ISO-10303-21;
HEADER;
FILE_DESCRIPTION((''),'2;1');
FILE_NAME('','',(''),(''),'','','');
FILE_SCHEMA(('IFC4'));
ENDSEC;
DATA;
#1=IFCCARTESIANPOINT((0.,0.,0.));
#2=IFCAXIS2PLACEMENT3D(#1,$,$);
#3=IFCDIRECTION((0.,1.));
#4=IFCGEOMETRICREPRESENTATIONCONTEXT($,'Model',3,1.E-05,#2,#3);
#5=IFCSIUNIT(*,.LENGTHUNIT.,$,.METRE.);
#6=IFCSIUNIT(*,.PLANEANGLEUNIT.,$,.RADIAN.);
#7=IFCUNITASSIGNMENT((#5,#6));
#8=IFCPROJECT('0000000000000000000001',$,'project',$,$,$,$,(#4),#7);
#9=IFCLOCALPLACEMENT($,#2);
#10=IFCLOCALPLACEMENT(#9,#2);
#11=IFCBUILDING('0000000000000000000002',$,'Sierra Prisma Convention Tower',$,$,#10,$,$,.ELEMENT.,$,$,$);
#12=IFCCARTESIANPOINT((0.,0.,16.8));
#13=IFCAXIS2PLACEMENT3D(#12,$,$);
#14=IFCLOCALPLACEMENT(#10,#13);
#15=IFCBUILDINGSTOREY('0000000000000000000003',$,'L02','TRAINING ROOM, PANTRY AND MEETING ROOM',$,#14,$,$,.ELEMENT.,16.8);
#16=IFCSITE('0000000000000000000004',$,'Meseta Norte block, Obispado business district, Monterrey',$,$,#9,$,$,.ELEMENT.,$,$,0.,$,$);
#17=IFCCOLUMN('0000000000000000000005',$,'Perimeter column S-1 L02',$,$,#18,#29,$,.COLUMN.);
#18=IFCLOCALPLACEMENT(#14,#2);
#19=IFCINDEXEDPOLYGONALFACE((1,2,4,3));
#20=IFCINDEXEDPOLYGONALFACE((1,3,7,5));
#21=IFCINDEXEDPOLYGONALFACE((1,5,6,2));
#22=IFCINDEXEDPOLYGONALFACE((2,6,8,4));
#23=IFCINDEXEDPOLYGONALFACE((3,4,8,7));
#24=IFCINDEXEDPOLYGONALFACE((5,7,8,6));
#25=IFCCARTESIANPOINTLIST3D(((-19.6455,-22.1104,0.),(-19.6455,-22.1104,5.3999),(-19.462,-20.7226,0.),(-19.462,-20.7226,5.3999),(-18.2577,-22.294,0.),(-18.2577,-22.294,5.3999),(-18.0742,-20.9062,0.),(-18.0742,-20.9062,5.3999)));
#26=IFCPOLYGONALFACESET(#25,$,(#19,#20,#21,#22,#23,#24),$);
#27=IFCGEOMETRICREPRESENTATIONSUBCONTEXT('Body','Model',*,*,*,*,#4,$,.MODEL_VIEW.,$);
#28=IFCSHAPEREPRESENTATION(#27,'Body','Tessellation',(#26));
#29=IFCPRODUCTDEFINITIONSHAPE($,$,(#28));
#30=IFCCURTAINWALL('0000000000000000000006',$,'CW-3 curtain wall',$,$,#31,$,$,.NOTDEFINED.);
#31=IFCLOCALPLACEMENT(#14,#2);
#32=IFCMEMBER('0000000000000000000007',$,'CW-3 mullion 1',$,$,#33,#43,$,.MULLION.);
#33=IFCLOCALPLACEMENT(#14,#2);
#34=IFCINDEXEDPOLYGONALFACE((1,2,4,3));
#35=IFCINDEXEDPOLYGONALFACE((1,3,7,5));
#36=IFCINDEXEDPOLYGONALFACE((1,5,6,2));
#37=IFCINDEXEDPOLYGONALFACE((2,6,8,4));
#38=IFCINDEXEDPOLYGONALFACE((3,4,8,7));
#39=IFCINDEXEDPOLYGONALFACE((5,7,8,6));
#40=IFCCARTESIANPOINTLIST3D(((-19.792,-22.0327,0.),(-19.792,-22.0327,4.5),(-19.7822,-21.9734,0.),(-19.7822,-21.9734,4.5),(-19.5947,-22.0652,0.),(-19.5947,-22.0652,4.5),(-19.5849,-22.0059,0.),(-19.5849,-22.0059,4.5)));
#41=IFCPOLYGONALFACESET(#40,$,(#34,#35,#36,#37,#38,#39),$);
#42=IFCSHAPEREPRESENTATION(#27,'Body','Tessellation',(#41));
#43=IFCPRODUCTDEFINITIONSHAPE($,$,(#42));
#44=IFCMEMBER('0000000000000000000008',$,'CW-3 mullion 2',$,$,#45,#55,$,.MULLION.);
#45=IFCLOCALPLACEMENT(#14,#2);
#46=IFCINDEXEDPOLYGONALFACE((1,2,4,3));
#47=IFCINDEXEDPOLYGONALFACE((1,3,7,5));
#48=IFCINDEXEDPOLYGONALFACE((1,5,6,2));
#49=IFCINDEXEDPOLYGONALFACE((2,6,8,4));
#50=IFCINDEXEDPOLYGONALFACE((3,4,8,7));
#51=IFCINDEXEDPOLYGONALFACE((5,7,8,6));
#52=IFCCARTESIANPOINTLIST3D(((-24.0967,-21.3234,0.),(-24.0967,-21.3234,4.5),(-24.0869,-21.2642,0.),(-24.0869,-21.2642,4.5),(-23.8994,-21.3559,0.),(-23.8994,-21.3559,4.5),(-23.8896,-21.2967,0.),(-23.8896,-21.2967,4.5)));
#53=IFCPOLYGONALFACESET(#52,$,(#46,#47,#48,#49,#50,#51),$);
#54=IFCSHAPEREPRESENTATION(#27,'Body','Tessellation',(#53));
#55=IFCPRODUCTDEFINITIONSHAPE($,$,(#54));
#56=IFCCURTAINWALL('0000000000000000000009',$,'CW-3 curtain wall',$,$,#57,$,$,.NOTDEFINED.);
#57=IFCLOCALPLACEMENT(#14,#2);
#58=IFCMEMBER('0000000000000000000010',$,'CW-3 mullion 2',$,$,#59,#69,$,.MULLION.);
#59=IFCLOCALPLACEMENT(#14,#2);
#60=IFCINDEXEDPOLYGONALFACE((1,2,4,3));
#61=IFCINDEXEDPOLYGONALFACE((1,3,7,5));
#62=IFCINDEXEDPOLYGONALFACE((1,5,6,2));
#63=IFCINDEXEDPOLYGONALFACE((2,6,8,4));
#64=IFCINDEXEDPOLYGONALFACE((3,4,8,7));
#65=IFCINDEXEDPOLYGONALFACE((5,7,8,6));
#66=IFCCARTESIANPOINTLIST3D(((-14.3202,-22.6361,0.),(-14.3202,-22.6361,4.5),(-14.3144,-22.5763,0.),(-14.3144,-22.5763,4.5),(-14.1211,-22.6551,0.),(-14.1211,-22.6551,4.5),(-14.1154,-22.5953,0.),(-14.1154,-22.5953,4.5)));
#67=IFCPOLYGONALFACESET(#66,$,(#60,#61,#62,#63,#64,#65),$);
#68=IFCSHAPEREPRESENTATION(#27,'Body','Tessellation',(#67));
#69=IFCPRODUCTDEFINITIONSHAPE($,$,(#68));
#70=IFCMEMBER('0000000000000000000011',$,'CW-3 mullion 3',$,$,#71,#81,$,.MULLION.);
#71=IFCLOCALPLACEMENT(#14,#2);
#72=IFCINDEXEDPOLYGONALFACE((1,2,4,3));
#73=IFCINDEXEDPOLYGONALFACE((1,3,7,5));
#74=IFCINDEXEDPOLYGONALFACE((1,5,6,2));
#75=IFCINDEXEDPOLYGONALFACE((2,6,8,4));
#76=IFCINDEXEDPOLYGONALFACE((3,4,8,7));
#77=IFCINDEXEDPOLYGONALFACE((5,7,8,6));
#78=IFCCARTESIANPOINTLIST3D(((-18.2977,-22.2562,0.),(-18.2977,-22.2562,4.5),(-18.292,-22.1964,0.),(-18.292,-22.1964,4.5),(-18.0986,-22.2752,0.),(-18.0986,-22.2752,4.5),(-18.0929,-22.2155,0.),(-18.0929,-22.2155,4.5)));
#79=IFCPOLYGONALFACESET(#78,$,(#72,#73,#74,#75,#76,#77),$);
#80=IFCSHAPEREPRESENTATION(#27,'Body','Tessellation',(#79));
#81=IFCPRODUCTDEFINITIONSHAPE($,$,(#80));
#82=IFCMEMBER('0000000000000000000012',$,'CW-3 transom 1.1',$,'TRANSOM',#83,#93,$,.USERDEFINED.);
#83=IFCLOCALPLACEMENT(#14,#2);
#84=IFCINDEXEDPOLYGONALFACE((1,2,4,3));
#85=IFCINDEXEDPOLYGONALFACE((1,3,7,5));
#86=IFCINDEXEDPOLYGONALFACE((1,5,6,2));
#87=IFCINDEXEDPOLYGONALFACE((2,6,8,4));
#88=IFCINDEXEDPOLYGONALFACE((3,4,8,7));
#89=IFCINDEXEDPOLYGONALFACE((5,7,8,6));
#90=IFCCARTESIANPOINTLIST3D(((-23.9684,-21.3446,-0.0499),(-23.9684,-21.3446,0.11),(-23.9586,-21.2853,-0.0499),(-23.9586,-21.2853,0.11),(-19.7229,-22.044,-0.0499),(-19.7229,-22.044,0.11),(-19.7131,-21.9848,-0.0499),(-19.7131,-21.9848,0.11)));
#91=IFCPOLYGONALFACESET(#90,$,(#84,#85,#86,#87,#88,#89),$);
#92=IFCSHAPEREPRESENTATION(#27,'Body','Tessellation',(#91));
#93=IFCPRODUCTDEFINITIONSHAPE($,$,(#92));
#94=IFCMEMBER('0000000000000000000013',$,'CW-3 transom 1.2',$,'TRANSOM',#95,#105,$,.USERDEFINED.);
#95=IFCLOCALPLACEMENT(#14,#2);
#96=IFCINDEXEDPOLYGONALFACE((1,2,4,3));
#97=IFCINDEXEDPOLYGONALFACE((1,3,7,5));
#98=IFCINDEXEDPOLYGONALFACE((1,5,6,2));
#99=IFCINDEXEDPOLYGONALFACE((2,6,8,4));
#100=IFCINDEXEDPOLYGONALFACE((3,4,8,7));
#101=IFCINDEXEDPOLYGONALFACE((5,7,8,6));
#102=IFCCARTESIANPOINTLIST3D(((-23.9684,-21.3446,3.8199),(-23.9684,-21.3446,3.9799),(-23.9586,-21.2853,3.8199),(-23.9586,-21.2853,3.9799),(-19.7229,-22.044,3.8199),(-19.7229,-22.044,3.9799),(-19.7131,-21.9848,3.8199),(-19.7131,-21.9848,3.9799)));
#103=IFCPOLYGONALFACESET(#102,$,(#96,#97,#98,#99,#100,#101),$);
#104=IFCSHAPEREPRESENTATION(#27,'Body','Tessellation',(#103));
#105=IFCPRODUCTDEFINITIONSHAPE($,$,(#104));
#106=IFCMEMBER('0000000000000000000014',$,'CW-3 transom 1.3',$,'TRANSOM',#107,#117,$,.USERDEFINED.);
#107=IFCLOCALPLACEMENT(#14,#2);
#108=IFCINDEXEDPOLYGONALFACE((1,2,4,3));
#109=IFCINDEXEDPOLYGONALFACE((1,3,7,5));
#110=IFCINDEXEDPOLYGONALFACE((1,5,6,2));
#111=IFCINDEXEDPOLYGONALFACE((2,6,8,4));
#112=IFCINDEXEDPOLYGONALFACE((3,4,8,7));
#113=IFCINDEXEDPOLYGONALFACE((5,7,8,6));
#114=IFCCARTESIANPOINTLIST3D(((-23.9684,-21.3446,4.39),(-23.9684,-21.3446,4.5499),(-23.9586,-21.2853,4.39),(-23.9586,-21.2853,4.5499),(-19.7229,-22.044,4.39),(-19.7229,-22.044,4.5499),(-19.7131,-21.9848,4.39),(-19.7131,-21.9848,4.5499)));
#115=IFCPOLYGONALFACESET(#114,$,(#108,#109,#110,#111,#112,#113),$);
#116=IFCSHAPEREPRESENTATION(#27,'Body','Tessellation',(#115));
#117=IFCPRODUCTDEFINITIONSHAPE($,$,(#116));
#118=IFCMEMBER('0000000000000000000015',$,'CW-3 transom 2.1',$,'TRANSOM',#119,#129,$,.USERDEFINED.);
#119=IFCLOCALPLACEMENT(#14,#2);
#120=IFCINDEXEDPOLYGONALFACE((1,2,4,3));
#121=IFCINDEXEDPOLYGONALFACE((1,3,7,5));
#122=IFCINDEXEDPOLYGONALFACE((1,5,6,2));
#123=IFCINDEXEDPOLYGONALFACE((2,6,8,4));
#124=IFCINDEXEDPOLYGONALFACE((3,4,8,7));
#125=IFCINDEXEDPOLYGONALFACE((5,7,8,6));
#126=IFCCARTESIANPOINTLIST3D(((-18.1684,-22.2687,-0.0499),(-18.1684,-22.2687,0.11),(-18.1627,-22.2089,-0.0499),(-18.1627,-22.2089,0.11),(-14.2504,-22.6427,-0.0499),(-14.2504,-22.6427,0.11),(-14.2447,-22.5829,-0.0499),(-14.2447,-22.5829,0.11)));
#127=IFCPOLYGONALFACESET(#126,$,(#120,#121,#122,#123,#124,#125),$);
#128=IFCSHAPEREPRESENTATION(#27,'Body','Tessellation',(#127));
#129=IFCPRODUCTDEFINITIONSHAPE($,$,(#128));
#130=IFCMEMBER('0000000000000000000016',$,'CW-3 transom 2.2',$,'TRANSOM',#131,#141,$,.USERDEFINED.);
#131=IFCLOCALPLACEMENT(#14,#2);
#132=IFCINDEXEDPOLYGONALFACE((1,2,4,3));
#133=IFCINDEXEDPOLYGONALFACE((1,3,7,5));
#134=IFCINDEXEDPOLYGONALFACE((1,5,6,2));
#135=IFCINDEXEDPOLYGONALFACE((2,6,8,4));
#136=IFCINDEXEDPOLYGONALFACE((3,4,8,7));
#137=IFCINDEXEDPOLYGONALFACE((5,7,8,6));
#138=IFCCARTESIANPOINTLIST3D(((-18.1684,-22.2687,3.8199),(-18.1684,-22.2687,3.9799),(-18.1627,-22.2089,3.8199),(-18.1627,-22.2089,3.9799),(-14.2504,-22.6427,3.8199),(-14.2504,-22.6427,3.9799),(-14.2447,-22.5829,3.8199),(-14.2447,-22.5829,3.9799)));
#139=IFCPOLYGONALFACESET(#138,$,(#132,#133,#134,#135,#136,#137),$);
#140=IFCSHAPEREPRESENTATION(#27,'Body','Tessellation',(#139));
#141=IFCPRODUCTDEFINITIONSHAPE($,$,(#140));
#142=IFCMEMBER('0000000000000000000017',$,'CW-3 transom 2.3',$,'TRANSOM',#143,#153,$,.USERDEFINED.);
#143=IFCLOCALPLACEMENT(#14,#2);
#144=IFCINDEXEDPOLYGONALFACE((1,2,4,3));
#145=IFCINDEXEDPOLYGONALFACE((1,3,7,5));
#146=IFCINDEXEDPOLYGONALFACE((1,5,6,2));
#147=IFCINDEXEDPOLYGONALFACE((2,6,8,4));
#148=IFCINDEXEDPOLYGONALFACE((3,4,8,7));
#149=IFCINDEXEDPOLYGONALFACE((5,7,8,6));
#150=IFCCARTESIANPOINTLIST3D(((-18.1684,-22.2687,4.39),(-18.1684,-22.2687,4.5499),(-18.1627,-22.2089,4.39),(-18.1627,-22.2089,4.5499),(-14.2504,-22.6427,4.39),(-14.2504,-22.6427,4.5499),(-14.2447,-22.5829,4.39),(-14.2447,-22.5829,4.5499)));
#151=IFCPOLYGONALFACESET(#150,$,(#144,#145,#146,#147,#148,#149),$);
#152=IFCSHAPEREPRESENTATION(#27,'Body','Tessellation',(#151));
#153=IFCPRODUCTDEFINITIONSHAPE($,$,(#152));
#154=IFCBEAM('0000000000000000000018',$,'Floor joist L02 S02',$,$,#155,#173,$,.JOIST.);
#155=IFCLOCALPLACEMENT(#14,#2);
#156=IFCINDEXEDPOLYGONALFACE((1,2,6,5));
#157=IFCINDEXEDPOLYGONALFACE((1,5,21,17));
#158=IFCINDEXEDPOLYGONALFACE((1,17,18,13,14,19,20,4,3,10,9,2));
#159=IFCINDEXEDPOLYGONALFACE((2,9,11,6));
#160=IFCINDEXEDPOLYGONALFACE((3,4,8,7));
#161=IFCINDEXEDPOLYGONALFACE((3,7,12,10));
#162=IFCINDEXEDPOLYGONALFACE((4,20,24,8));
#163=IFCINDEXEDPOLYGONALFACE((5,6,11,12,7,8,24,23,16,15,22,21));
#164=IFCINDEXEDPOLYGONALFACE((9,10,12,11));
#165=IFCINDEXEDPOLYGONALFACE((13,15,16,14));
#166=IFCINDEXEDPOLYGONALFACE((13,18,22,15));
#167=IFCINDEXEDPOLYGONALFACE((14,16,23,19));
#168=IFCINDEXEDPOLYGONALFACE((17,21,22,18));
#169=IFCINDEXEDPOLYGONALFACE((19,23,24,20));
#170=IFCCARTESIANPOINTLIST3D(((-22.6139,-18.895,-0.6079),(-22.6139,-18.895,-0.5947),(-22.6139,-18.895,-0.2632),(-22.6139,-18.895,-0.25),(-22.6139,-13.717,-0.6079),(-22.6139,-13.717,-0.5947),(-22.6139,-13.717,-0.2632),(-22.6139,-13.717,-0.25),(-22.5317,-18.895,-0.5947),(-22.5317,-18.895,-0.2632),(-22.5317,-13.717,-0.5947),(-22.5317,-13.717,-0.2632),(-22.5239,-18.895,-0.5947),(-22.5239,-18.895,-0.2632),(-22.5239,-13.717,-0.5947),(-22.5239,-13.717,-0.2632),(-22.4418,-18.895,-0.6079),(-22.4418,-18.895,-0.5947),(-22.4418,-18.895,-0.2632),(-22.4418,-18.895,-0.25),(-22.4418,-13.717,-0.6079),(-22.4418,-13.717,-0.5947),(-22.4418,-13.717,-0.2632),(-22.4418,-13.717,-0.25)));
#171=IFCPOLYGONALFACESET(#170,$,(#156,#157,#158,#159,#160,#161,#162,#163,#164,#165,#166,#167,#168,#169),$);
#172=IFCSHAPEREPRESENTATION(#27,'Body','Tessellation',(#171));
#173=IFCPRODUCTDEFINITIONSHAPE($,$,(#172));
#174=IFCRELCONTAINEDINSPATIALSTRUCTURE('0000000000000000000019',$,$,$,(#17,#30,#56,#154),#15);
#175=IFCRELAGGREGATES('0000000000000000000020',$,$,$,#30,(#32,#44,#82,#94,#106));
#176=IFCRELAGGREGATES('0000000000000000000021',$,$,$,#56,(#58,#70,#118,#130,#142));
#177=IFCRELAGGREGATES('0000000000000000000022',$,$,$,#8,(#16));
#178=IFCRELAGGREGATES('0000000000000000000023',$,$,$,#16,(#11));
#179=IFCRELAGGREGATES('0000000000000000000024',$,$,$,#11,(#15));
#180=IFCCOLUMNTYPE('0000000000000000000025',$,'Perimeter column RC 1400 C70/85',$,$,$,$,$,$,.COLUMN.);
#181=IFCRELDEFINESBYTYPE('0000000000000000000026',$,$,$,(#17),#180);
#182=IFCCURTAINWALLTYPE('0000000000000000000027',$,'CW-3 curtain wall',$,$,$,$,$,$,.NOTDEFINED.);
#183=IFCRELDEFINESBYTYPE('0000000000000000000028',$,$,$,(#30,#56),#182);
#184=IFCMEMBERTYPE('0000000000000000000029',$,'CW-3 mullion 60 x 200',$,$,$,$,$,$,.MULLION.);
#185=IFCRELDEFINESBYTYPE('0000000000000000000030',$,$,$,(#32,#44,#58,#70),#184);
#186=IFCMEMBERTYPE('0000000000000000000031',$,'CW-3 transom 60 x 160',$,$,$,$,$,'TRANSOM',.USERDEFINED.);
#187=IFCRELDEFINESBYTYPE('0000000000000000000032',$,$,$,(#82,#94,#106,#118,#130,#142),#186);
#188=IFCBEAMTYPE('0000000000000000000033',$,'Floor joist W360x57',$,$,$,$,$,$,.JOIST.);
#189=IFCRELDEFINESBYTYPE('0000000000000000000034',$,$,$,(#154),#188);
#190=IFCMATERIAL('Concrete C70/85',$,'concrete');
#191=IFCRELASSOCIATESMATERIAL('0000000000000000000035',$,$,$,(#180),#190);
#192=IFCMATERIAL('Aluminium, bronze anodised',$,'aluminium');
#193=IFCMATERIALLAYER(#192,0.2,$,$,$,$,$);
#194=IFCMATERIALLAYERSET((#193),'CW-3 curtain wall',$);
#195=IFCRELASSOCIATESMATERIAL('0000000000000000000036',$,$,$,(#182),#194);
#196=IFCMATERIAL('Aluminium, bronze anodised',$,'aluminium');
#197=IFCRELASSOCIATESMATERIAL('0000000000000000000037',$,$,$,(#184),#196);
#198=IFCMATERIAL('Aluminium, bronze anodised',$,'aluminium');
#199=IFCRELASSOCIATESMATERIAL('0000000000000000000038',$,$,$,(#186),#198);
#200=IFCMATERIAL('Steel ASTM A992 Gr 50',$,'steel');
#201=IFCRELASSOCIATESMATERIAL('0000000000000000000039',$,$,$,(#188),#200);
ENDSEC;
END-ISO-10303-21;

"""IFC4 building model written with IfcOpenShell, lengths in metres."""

from ifc_helpers import new_model, si_unit, direction, frame, origin, origin_2d, place, context, subcontext, project, spatial, rectangle, i_section, extrude, material, layer, layer_set, material_profile, profile_set, type_object, element, aggregate, save


model = new_model("IFC4")

# Units and contexts
model_context = context("Model", 3, precision=1e-05, world=origin(), true_north=direction((0.0, 1.0)))
body_context = subcontext(model_context, "Body", "Model", "MODEL_VIEW")
ifc_project = project(units=[si_unit("LENGTHUNIT", "METRE"), si_unit("PLANEANGLEUNIT", "RADIAN")], contexts=[model_context])

# Site, building, storey
site_placement = place(None, origin())
site = spatial("IfcSite", under=ifc_project, at=site_placement, Name="Meseta Norte block, Obispado business district, Monterrey", CompositionType="ELEMENT", RefElevation=0.0)
building_placement = place(site_placement, origin())
building = spatial("IfcBuilding", under=site, at=building_placement, Name="Sierra Prisma Convention Tower", CompositionType="ELEMENT")
storey_placement = place(building_placement, frame((0.0, 0.0, 16.8)))
storey = spatial("IfcBuildingStorey", under=building, at=storey_placement, Name="L02", Description="TRAINING ROOM, PANTRY AND MEETING ROOM", CompositionType="ELEMENT", Elevation=16.8)

# Column
ifc_material_1 = material(Name="Concrete C70/85", Category="concrete")
ifc_material_profile_1 = material_profile(ifc_material_1, rectangle(XDim=1.3999, YDim=1.3999, at=origin_2d()), Name="Perimeter column RC 1400 C70/85")
ifc_profile_set_1 = profile_set([ifc_material_profile_1], Name="Concrete C70/85")
column_type = type_object("IfcColumnType", Name="Perimeter column RC 1400 C70/85", PredefinedType="COLUMN", material=ifc_profile_set_1)
column_placement = place(storey_placement, frame((-18.8599, -21.5083, 0.0), z_axis=(0.0, 0.0, 1.0), x_axis=(-0.991367, 0.131115, 0.0)))
element("IfcColumn", 1, at=column_placement, inside=storey, type_object=column_type, Name="Perimeter column S-1 L02", PredefinedType="COLUMN", context=body_context, shape_type="SweptSolid", body=[
    extrude(rectangle(XDim=1.3999, YDim=1.3999, at=origin_2d()), origin(), (0.0, 0.0, 1.0), 5.3999),
])

# Curtain walls, members
ifc_material_2 = material(Name="Aluminium, bronze anodised", Category="aluminium")
ifc_layer_1 = layer(ifc_material_2, 0.2)
ifc_layer_set_1 = layer_set([ifc_layer_1], Name="CW-3 curtain wall")
curtain_wall_type = type_object("IfcCurtainWallType", Name="CW-3 curtain wall", PredefinedType="NOTDEFINED", material=ifc_layer_set_1)
curtain_wall_1_placement = place(storey_placement, origin())
curtain_wall_1 = element("IfcCurtainWall", 2, at=curtain_wall_1_placement, inside=storey, type_object=curtain_wall_type, Name="CW-3 curtain wall", PredefinedType="NOTDEFINED")
ifc_material_3 = material(Name="Aluminium, bronze anodised", Category="aluminium")
ifc_material_profile_2 = material_profile(ifc_material_3, rectangle(XDim=0.0601, YDim=0.2, at=origin_2d()), Name="CW-3 mullion 60 x 200")
ifc_profile_set_2 = profile_set([ifc_material_profile_2], Name="Aluminium, bronze anodised")
member_type_1 = type_object("IfcMemberType", Name="CW-3 mullion 60 x 200", PredefinedType="MULLION", material=ifc_profile_set_2)
member_1_placement = place(storey_placement, frame((-19.6885, -22.0193, 0.0), z_axis=(0.0, 0.0, 1.0), x_axis=(-0.162542, -0.986702, 0.0)))
member_1 = element("IfcMember", 3, at=member_1_placement, type_object=member_type_1, Name="CW-3 mullion 1", PredefinedType="MULLION", context=body_context, shape_type="SweptSolid", body=[
    extrude(rectangle(XDim=0.0601, YDim=0.2, at=origin_2d()), origin(), (0.0, 0.0, 1.0), 4.5),
])
member_2_placement = place(storey_placement, frame((-23.9932, -21.3101, 0.0), z_axis=(0.0, 0.0, 1.0), x_axis=(-0.162542, -0.986702, 0.0)))
member_2 = element("IfcMember", 4, at=member_2_placement, type_object=member_type_1, Name="CW-3 mullion 2", PredefinedType="MULLION", context=body_context, shape_type="SweptSolid", body=[
    extrude(rectangle(XDim=0.0601, YDim=0.2, at=origin_2d()), origin(), (0.0, 0.0, 1.0), 4.5),
])
curtain_wall_2_placement = place(storey_placement, origin())
curtain_wall_2 = element("IfcCurtainWall", 5, at=curtain_wall_2_placement, inside=storey, type_object=curtain_wall_type, Name="CW-3 curtain wall", PredefinedType="NOTDEFINED")
member_3_placement = place(storey_placement, frame((-14.2178, -22.6157, 0.0), z_axis=(0.0, 0.0, 1.0), x_axis=(-0.095075, -0.99547, 0.0)))
member_3 = element("IfcMember", 6, at=member_3_placement, type_object=member_type_1, Name="CW-3 mullion 2", PredefinedType="MULLION", context=body_context, shape_type="SweptSolid", body=[
    extrude(rectangle(XDim=0.0601, YDim=0.2, at=origin_2d()), origin(), (0.0, 0.0, 1.0), 4.5),
])
member_4_placement = place(storey_placement, frame((-18.1953, -22.2358, 0.0), z_axis=(0.0, 0.0, 1.0), x_axis=(-0.095075, -0.99547, 0.0)))
member_4 = element("IfcMember", 7, at=member_4_placement, type_object=member_type_1, Name="CW-3 mullion 3", PredefinedType="MULLION", context=body_context, shape_type="SweptSolid", body=[
    extrude(rectangle(XDim=0.0601, YDim=0.2, at=origin_2d()), origin(), (0.0, 0.0, 1.0), 4.5),
])

# Members
ifc_material_4 = material(Name="Aluminium, bronze anodised", Category="aluminium")
ifc_material_profile_3 = material_profile(ifc_material_4, rectangle(XDim=0.0601, YDim=0.1599, at=origin_2d()), Name="CW-3 transom 60 x 160")
ifc_profile_set_3 = profile_set([ifc_material_profile_3], Name="Aluminium, bronze anodised")
member_type_2 = type_object("IfcMemberType", Name="CW-3 transom 60 x 160", ElementType="TRANSOM", PredefinedType="USERDEFINED", material=ifc_profile_set_3)
member_5_placement = place(storey_placement, frame((-19.718, -22.0144, 0.03), z_axis=(-0.986699, 0.162559, 0.0), x_axis=(-0.162559, -0.986699, 0.0)))
member_5 = element("IfcMember", 8, at=member_5_placement, type_object=member_type_2, Name="CW-3 transom 1.1", ObjectType="TRANSOM", PredefinedType="USERDEFINED", context=body_context, shape_type="SweptSolid", body=[
    extrude(rectangle(XDim=0.0601, YDim=0.1599, at=origin_2d()), origin(), (0.0, 0.0, 1.0), 4.3027),
])
member_6_placement = place(storey_placement, frame((-19.718, -22.0144, 3.8999), z_axis=(-0.986699, 0.162559, 0.0), x_axis=(-0.162559, -0.986699, 0.0)))
member_6 = element("IfcMember", 9, at=member_6_placement, type_object=member_type_2, Name="CW-3 transom 1.2", ObjectType="TRANSOM", PredefinedType="USERDEFINED", context=body_context, shape_type="SweptSolid", body=[
    extrude(rectangle(XDim=0.0601, YDim=0.1599, at=origin_2d()), origin(), (0.0, 0.0, 1.0), 4.3027),
])
member_7_placement = place(storey_placement, frame((-19.718, -22.0144, 4.47), z_axis=(-0.986699, 0.162559, 0.0), x_axis=(-0.162559, -0.986699, 0.0)))
member_7 = element("IfcMember", 10, at=member_7_placement, type_object=member_type_2, Name="CW-3 transom 1.3", ObjectType="TRANSOM", PredefinedType="USERDEFINED", context=body_context, shape_type="SweptSolid", body=[
    extrude(rectangle(XDim=0.0601, YDim=0.1599, at=origin_2d()), origin(), (0.0, 0.0, 1.0), 4.3027),
])
member_8_placement = place(storey_placement, frame((-14.2476, -22.6128, 0.03), z_axis=(-0.995474, 0.095032, 0.0), x_axis=(-0.095032, -0.995474, 0.0)))
member_8 = element("IfcMember", 11, at=member_8_placement, type_object=member_type_2, Name="CW-3 transom 2.1", ObjectType="TRANSOM", PredefinedType="USERDEFINED", context=body_context, shape_type="SweptSolid", body=[
    extrude(rectangle(XDim=0.0601, YDim=0.1599, at=origin_2d()), origin(), (0.0, 0.0, 1.0), 3.9358),
])
member_9_placement = place(storey_placement, frame((-14.2476, -22.6128, 3.8999), z_axis=(-0.995474, 0.095032, 0.0), x_axis=(-0.095032, -0.995474, 0.0)))
member_9 = element("IfcMember", 12, at=member_9_placement, type_object=member_type_2, Name="CW-3 transom 2.2", ObjectType="TRANSOM", PredefinedType="USERDEFINED", context=body_context, shape_type="SweptSolid", body=[
    extrude(rectangle(XDim=0.0601, YDim=0.1599, at=origin_2d()), origin(), (0.0, 0.0, 1.0), 3.9358),
])
member_10_placement = place(storey_placement, frame((-14.2476, -22.6128, 4.47), z_axis=(-0.995474, 0.095032, 0.0), x_axis=(-0.095032, -0.995474, 0.0)))
member_10 = element("IfcMember", 13, at=member_10_placement, type_object=member_type_2, Name="CW-3 transom 2.3", ObjectType="TRANSOM", PredefinedType="USERDEFINED", context=body_context, shape_type="SweptSolid", body=[
    extrude(rectangle(XDim=0.0601, YDim=0.1599, at=origin_2d()), origin(), (0.0, 0.0, 1.0), 3.9358),
])

# Beam
ifc_material_5 = material(Name="Steel ASTM A992 Gr 50", Category="steel")
ifc_material_profile_4 = material_profile(ifc_material_5, i_section(OverallWidth=0.1721, OverallDepth=0.3579, WebThickness=0.0078, FlangeThickness=0.0132, at=origin_2d()), Name="W360x57")
ifc_profile_set_4 = profile_set([ifc_material_profile_4], Name="Steel ASTM A992 Gr 50")
beam_type_1 = type_object("IfcBeamType", Name="Floor joist W360x57", PredefinedType="JOIST", material=ifc_profile_set_4)
beam_1_placement = place(storey_placement, frame((-22.5278, -18.895, -0.429), z_axis=(0.0, 1.0, 0.0), x_axis=(-1.0, 0.0, 0.0)))
element("IfcBeam", 14, at=beam_1_placement, inside=storey, type_object=beam_type_1, Name="Floor joist L02 S02", PredefinedType="JOIST", context=body_context, shape_type="SweptSolid", body=[
    extrude(i_section(OverallWidth=0.1721, OverallDepth=0.3579, WebThickness=0.0078, FlangeThickness=0.0132, at=origin_2d()), origin(), (0.0, 0.0, 1.0), 5.178),
])

aggregate(curtain_wall_1, [member_1, member_2, member_5, member_6, member_7])
aggregate(curtain_wall_2, [member_3, member_4, member_8, member_9, member_10])

save(model, "model.ifc")
